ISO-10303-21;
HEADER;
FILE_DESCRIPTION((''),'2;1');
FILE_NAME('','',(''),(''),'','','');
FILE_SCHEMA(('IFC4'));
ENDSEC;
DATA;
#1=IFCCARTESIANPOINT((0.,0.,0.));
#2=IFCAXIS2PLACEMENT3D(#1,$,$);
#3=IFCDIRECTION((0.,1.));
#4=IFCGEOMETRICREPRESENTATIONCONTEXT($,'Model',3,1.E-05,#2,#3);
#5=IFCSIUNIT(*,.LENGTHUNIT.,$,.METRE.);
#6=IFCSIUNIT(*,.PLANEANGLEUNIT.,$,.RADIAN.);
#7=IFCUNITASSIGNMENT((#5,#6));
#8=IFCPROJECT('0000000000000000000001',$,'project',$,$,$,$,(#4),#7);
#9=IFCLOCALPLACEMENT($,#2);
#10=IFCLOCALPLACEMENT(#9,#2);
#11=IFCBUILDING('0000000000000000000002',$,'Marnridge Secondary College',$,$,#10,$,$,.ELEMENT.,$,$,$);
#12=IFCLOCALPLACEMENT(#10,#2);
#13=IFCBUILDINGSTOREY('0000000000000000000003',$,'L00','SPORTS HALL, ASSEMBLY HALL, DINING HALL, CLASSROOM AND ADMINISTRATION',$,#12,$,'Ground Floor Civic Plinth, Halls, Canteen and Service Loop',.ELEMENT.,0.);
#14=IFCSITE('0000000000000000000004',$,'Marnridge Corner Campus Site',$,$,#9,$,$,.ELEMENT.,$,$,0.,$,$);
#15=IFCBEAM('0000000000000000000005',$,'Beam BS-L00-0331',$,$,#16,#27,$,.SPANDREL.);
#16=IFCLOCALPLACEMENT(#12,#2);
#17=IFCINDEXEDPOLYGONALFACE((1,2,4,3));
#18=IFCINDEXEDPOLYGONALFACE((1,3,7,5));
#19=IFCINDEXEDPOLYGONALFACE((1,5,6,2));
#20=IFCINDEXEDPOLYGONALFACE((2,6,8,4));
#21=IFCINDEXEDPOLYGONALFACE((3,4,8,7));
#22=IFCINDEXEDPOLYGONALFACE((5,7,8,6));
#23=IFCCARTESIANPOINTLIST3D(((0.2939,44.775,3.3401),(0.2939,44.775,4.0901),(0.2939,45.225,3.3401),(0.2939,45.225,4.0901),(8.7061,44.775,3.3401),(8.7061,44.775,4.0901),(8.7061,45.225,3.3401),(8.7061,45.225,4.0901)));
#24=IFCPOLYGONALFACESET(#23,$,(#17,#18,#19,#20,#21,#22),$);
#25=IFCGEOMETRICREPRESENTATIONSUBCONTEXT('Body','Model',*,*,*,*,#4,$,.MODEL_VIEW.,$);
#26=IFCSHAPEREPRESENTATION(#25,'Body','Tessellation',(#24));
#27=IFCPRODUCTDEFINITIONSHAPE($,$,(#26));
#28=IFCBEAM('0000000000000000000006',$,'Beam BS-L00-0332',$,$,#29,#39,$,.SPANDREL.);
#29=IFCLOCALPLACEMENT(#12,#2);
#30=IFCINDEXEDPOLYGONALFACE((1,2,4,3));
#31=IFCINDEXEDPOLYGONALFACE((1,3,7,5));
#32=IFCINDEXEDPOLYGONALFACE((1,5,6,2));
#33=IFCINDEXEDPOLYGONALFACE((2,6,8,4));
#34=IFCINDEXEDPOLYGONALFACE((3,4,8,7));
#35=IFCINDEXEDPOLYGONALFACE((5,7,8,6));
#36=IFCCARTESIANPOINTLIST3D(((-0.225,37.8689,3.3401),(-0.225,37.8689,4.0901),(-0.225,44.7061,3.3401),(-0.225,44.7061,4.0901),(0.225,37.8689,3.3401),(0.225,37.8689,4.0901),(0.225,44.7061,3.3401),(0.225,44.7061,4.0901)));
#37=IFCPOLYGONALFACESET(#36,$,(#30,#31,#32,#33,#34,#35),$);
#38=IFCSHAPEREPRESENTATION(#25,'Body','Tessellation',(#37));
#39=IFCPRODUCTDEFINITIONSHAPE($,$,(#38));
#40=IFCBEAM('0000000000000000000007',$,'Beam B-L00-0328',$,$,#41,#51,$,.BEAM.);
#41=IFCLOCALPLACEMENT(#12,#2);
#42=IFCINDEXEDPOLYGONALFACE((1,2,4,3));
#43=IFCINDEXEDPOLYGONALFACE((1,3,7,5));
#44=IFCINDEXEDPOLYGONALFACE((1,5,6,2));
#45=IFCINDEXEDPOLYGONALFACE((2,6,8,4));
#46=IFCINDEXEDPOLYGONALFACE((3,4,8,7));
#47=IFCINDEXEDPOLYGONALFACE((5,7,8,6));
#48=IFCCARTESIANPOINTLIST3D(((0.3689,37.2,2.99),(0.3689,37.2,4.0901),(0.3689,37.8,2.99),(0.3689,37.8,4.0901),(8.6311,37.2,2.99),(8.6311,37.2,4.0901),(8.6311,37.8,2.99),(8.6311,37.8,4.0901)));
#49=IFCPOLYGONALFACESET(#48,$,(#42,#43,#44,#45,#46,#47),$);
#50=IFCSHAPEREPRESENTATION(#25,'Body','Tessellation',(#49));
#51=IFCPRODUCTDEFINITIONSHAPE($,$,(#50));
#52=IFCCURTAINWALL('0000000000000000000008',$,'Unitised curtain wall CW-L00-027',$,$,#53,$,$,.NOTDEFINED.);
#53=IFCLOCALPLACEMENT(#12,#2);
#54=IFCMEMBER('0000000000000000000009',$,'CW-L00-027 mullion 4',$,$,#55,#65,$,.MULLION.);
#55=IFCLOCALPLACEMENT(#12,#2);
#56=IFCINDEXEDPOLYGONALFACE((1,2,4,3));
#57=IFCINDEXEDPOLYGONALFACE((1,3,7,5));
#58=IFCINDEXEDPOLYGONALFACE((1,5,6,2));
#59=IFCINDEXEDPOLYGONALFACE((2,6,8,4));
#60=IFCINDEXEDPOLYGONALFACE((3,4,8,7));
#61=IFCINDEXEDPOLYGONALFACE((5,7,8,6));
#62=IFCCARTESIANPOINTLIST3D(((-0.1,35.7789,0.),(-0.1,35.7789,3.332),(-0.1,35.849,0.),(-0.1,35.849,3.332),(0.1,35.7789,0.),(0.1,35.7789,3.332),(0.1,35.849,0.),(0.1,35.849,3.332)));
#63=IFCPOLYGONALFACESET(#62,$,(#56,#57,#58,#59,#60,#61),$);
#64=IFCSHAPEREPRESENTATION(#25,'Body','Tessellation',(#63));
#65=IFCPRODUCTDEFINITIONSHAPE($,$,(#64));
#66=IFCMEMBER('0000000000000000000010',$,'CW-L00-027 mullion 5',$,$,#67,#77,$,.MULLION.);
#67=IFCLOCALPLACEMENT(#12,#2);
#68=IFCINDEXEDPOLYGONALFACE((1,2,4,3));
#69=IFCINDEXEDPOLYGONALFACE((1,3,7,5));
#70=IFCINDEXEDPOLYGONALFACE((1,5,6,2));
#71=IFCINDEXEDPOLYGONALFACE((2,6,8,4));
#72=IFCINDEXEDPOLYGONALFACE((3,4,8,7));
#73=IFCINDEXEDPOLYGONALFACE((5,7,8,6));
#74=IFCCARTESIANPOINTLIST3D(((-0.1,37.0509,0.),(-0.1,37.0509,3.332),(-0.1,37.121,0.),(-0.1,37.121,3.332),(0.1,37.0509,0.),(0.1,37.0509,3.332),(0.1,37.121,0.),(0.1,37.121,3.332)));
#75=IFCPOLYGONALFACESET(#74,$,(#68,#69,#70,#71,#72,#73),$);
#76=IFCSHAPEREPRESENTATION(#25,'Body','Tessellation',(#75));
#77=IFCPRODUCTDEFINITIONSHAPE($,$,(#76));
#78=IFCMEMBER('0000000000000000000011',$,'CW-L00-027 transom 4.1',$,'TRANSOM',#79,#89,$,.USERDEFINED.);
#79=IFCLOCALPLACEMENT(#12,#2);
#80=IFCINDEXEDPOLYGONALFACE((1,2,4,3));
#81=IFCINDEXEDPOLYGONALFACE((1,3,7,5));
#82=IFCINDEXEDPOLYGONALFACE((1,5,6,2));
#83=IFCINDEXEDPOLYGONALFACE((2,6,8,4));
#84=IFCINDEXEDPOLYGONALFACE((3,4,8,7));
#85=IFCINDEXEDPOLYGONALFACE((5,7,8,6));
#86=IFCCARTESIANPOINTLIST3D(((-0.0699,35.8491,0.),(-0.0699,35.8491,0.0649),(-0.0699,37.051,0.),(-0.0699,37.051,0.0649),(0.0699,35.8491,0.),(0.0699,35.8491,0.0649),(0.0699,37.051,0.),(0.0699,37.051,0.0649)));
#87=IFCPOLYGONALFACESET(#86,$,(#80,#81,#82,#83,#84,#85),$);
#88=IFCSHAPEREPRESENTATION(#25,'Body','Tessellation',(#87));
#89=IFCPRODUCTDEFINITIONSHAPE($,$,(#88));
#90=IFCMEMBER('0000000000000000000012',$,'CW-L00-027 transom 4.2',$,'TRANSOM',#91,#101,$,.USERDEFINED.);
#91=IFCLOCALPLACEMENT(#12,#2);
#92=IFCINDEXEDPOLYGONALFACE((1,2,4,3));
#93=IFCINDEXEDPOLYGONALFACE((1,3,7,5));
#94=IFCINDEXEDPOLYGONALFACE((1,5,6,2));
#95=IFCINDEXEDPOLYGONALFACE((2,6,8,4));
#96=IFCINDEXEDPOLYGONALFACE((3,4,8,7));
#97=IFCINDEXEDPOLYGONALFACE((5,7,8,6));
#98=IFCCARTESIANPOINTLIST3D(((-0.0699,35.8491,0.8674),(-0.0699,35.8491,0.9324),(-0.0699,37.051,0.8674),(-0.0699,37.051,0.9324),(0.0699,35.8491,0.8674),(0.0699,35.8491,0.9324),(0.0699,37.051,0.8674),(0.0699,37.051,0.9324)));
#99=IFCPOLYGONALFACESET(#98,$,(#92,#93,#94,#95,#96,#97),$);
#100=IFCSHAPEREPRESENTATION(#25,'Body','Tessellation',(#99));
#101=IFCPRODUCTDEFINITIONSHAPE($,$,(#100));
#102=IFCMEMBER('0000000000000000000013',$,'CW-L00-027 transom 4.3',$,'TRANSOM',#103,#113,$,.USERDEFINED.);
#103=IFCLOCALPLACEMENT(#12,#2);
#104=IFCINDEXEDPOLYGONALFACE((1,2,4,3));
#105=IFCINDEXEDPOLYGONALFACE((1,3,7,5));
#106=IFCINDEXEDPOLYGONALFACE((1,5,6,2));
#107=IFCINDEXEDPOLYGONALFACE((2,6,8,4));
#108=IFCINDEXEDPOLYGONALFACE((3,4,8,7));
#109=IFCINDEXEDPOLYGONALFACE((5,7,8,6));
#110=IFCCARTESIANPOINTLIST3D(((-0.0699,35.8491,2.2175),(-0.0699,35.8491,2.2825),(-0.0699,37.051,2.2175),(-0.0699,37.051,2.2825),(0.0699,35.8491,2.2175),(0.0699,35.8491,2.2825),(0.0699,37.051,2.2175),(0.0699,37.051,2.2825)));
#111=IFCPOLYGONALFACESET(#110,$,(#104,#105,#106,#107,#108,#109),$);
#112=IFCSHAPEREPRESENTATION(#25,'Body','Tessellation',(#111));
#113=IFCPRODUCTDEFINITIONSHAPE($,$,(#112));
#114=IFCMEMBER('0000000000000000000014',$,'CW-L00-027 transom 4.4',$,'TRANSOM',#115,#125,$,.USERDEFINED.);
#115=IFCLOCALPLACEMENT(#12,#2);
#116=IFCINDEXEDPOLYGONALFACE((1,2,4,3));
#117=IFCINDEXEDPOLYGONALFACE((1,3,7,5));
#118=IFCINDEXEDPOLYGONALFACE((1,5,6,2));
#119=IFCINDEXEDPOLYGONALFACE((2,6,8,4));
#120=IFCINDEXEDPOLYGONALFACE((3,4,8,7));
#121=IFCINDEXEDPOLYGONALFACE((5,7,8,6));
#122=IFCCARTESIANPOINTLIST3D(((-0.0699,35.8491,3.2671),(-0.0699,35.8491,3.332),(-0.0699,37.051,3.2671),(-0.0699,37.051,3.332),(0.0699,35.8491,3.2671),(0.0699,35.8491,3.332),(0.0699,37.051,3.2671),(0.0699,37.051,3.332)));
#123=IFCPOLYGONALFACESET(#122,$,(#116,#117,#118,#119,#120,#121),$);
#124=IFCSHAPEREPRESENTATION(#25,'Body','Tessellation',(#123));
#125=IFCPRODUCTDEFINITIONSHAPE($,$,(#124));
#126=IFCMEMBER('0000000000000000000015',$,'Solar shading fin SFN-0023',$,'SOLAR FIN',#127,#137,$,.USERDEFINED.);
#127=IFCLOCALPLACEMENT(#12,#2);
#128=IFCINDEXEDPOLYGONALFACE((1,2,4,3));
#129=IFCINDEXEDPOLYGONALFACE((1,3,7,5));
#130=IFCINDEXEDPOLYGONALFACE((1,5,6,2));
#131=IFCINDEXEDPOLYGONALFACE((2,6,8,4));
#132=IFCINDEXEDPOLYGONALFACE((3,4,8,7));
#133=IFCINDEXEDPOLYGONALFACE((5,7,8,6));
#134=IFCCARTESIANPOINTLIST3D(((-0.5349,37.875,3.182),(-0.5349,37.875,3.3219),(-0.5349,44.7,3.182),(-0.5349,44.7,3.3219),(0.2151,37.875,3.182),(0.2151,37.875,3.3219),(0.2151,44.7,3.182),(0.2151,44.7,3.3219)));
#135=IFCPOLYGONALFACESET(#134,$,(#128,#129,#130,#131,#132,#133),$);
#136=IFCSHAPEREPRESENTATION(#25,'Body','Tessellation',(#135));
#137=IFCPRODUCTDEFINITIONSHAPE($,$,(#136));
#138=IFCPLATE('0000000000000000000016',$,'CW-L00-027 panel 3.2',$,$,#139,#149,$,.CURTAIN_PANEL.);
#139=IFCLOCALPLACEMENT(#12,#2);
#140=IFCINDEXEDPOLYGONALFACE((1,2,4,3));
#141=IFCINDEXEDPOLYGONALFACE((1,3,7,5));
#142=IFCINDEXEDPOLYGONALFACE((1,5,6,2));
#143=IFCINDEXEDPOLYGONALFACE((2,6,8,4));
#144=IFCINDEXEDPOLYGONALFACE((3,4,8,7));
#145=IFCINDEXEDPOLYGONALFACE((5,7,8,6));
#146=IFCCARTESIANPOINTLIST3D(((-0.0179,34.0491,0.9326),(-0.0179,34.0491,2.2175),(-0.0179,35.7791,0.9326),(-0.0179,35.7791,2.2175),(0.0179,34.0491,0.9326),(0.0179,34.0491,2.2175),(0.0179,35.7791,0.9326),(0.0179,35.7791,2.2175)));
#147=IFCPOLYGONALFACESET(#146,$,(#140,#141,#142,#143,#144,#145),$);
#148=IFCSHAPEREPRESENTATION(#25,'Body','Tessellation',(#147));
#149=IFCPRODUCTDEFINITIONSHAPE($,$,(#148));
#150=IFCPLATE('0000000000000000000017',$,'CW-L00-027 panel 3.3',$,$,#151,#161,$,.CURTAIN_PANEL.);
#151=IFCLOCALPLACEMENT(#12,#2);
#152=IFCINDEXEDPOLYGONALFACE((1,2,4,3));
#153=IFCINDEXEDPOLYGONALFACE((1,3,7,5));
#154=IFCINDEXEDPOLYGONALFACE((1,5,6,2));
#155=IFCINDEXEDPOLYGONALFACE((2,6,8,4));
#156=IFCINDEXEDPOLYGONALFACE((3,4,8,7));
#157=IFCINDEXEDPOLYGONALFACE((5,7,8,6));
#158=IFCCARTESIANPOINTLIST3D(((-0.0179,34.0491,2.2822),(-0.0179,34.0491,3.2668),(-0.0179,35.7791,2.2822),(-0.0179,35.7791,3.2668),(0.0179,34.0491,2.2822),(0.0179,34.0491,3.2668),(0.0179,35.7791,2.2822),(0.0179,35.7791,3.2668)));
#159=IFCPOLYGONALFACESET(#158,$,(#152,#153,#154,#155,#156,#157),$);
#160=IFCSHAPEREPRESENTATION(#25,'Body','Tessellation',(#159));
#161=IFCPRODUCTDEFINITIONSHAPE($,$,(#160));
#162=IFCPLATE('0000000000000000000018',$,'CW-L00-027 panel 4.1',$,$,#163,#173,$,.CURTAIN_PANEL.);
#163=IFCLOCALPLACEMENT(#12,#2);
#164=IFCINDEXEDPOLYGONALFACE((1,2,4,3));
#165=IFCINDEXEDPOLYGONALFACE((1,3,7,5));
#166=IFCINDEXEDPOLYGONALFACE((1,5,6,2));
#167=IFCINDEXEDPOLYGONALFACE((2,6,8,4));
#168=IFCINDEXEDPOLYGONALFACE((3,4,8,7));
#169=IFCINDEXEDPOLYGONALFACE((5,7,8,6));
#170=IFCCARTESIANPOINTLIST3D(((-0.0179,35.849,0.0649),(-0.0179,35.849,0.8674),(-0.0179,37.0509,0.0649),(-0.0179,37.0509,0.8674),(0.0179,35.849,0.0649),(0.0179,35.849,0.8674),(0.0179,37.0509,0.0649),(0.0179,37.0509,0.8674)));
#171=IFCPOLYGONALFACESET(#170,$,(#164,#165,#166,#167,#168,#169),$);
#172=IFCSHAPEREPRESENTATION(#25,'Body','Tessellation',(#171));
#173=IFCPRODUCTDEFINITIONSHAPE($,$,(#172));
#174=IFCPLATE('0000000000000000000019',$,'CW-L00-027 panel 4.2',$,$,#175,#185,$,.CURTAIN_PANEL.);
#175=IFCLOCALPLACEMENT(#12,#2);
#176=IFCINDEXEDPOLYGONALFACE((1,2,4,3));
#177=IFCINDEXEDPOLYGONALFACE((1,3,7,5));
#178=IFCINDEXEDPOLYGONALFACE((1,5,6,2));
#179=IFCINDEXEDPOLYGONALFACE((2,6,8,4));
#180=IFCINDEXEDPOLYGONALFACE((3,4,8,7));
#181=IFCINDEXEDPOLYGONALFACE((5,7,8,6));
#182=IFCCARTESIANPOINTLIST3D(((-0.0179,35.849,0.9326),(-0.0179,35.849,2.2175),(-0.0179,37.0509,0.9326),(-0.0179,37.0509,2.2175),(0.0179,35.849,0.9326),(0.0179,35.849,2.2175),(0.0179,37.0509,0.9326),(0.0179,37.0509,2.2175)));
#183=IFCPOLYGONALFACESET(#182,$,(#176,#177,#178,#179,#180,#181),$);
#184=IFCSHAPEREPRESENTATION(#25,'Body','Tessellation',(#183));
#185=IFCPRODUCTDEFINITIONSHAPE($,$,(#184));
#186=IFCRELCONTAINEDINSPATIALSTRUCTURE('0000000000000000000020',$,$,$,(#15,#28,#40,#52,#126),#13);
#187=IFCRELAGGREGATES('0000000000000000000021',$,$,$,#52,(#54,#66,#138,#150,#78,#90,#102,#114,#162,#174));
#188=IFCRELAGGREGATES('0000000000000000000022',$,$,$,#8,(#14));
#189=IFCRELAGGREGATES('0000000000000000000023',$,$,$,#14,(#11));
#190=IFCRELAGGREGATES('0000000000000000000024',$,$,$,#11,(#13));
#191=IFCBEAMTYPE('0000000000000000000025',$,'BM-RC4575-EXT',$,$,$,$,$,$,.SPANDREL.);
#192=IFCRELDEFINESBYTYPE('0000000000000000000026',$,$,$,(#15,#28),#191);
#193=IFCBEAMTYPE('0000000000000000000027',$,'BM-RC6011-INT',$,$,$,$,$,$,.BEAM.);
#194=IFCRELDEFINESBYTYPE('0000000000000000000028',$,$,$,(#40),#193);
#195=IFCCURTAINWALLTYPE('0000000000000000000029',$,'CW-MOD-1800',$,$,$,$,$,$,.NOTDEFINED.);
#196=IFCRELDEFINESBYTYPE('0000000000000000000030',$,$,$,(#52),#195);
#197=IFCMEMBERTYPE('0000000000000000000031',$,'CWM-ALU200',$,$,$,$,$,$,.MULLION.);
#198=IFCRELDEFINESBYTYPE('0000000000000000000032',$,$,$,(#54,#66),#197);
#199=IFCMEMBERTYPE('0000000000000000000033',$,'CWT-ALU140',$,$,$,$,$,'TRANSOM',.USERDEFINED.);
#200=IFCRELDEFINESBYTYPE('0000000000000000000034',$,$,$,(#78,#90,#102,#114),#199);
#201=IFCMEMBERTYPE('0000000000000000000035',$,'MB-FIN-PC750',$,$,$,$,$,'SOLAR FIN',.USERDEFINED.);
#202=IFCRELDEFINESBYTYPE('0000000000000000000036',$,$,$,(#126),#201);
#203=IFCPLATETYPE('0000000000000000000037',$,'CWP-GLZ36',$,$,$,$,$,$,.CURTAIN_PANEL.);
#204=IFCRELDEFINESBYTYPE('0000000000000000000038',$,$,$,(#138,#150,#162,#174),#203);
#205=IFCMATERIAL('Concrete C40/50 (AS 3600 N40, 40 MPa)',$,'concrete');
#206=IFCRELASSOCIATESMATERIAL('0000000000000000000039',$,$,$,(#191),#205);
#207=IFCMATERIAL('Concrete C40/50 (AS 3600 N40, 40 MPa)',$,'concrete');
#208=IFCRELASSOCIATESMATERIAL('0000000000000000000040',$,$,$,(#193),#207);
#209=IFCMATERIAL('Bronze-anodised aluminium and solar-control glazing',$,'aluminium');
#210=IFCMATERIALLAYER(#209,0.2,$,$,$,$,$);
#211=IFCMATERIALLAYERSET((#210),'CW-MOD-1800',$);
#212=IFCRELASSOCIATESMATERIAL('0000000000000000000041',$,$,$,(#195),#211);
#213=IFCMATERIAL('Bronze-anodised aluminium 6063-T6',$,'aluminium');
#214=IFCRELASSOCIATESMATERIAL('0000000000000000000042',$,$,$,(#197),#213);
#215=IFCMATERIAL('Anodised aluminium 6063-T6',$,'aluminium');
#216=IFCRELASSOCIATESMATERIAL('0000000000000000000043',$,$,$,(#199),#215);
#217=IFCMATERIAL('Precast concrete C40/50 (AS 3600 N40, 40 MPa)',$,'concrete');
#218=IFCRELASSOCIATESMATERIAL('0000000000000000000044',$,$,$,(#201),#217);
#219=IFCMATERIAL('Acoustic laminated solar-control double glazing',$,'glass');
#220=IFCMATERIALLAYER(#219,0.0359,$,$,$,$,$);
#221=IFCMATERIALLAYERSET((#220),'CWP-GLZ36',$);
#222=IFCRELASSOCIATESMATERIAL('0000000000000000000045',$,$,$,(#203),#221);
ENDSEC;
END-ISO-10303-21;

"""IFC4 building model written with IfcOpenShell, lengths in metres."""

from ifc_helpers import new_model, si_unit, direction, frame, origin, origin_2d, place, context, subcontext, project, spatial, rectangle, extrude, material, layer, layer_set, material_profile, profile_set, type_object, element, aggregate, save


model = new_model("IFC4")

# Units and contexts
model_context = context("Model", 3, precision=1e-05, world=origin(), true_north=direction((0.0, 1.0)))
body_context = subcontext(model_context, "Body", "Model", "MODEL_VIEW")
ifc_project = project(units=[si_unit("LENGTHUNIT", "METRE"), si_unit("PLANEANGLEUNIT", "RADIAN")], contexts=[model_context])

# Site, building, storey
site_placement = place(None, origin())
site = spatial("IfcSite", under=ifc_project, at=site_placement, Name="Marnridge Corner Campus Site", CompositionType="ELEMENT", RefElevation=0.0)
building_placement = place(site_placement, origin())
building = spatial("IfcBuilding", under=site, at=building_placement, Name="Marnridge Secondary College", CompositionType="ELEMENT")
storey_placement = place(building_placement, origin())
storey = spatial("IfcBuildingStorey", under=building, at=storey_placement, Name="L00", Description="SPORTS HALL, ASSEMBLY HALL, DINING HALL, CLASSROOM AND ADMINISTRATION", LongName="Ground Floor Civic Plinth, Halls, Canteen and Service Loop", CompositionType="ELEMENT", Elevation=0.0)

# Beams
ifc_material_1 = material(Name="Concrete C40/50 (AS 3600 N40, 40 MPa)", Category="concrete")
ifc_material_profile_1 = material_profile(ifc_material_1, rectangle(XDim=0.45, YDim=0.75, at=origin_2d()), Name="RC 450x750")
ifc_profile_set_1 = profile_set([ifc_material_profile_1], Name="Concrete C40/50 (AS 3600 N40, 40 MPa)")
beam_type_1 = type_object("IfcBeamType", Name="BM-RC4575-EXT", PredefinedType="SPANDREL", material=ifc_profile_set_1)
beam_1_placement = place(storey_placement, frame((0.2939, 45.0, 3.7151), z_axis=(1.0, 0.0, 0.0), x_axis=(0.0, 1.0, 0.0)))
element("IfcBeam", 1, at=beam_1_placement, inside=storey, type_object=beam_type_1, Name="Beam BS-L00-0331", PredefinedType="SPANDREL", context=body_context, shape_type="SweptSolid", body=[
    extrude(rectangle(XDim=0.45, YDim=0.75, at=origin_2d()), origin(), (0.0, 0.0, 1.0), 8.4121),
])
beam_2_placement = place(storey_placement, frame((0.0, 37.8689, 3.7151), z_axis=(0.0, 1.0, 0.0), x_axis=(-1.0, 0.0, 0.0)))
element("IfcBeam", 2, at=beam_2_placement, inside=storey, type_object=beam_type_1, Name="Beam BS-L00-0332", PredefinedType="SPANDREL", context=body_context, shape_type="SweptSolid", body=[
    extrude(rectangle(XDim=0.45, YDim=0.75, at=origin_2d()), origin(), (0.0, 0.0, 1.0), 6.8372),
])
ifc_material_2 = material(Name="Concrete C40/50 (AS 3600 N40, 40 MPa)", Category="concrete")
ifc_material_profile_2 = material_profile(ifc_material_2, rectangle(XDim=0.6001, YDim=1.1001, at=origin_2d()), Name="RC 600x1100")
ifc_profile_set_2 = profile_set([ifc_material_profile_2], Name="Concrete C40/50 (AS 3600 N40, 40 MPa)")
beam_type_2 = type_object("IfcBeamType", Name="BM-RC6011-INT", PredefinedType="BEAM", material=ifc_profile_set_2)
beam_3_placement = place(storey_placement, frame((0.3689, 37.5, 3.54), z_axis=(1.0, 0.0, 0.0), x_axis=(0.0, 1.0, 0.0)))
element("IfcBeam", 3, at=beam_3_placement, inside=storey, type_object=beam_type_2, Name="Beam B-L00-0328", PredefinedType="BEAM", context=body_context, shape_type="SweptSolid", body=[
    extrude(rectangle(XDim=0.6001, YDim=1.1001, at=origin_2d()), origin(), (0.0, 0.0, 1.0), 8.2622),
])

# Curtain wall, members
ifc_material_3 = material(Name="Bronze-anodised aluminium and solar-control glazing", Category="aluminium")
ifc_layer_1 = layer(ifc_material_3, 0.2)
ifc_layer_set_1 = layer_set([ifc_layer_1], Name="CW-MOD-1800")
curtain_wall_type = type_object("IfcCurtainWallType", Name="CW-MOD-1800", PredefinedType="NOTDEFINED", material=ifc_layer_set_1)
curtain_wall_placement = place(storey_placement, origin())
curtain_wall = element("IfcCurtainWall", 4, at=curtain_wall_placement, inside=storey, type_object=curtain_wall_type, Name="Unitised curtain wall CW-L00-027", PredefinedType="NOTDEFINED")
ifc_material_4 = material(Name="Bronze-anodised aluminium 6063-T6", Category="aluminium")
ifc_material_profile_3 = material_profile(ifc_material_4, rectangle(XDim=0.0701, YDim=0.2, at=origin_2d()), Name="ALU 70x200")
ifc_profile_set_3 = profile_set([ifc_material_profile_3], Name="Bronze-anodised aluminium 6063-T6")
member_type_1 = type_object("IfcMemberType", Name="CWM-ALU200", PredefinedType="MULLION", material=ifc_profile_set_3)
member_1_placement = place(storey_placement, frame((0.0, 35.814, 0.0), z_axis=(0.0, 0.0, 1.0), x_axis=(0.0, 1.0, 0.0)))
member_1 = element("IfcMember", 5, at=member_1_placement, type_object=member_type_1, Name="CW-L00-027 mullion 4", PredefinedType="MULLION", context=body_context, shape_type="SweptSolid", body=[
    extrude(rectangle(XDim=0.0701, YDim=0.2, at=origin_2d()), origin(), (0.0, 0.0, 1.0), 3.332),
])
member_2_placement = place(storey_placement, frame((0.0, 37.0859, 0.0), z_axis=(0.0, 0.0, 1.0), x_axis=(0.0, 1.0, 0.0)))
member_2 = element("IfcMember", 6, at=member_2_placement, type_object=member_type_1, Name="CW-L00-027 mullion 5", PredefinedType="MULLION", context=body_context, shape_type="SweptSolid", body=[
    extrude(rectangle(XDim=0.0701, YDim=0.2, at=origin_2d()), origin(), (0.0, 0.0, 1.0), 3.332),
])
ifc_material_5 = material(Name="Anodised aluminium 6063-T6", Category="aluminium")
ifc_material_profile_4 = material_profile(ifc_material_5, rectangle(XDim=0.0649, YDim=0.1399, at=origin_2d()), Name="ALU 65x140")
ifc_profile_set_4 = profile_set([ifc_material_profile_4], Name="Anodised aluminium 6063-T6")
member_type_2 = type_object("IfcMemberType", Name="CWT-ALU140", ElementType="TRANSOM", PredefinedType="USERDEFINED", material=ifc_profile_set_4)
member_3_placement = place(storey_placement, frame((0.0, 35.8491, 0.0325), z_axis=(0.0, 1.0, 0.0), x_axis=(0.0, 0.0, 1.0)))
member_3 = element("IfcMember", 7, at=member_3_placement, type_object=member_type_2, Name="CW-L00-027 transom 4.1", ObjectType="TRANSOM", PredefinedType="USERDEFINED", context=body_context, shape_type="SweptSolid", body=[
    extrude(rectangle(XDim=0.0649, YDim=0.1399, at=origin_2d()), origin(), (0.0, 0.0, 1.0), 1.2019),
])
member_4_placement = place(storey_placement, frame((0.0, 35.8491, 0.8999), z_axis=(0.0, 1.0, 0.0), x_axis=(0.0, 0.0, 1.0)))
member_4 = element("IfcMember", 8, at=member_4_placement, type_object=member_type_2, Name="CW-L00-027 transom 4.2", ObjectType="TRANSOM", PredefinedType="USERDEFINED", context=body_context, shape_type="SweptSolid", body=[
    extrude(rectangle(XDim=0.0649, YDim=0.1399, at=origin_2d()), origin(), (0.0, 0.0, 1.0), 1.2019),
])
member_5_placement = place(storey_placement, frame((0.0, 35.8491, 2.25), z_axis=(0.0, 1.0, 0.0), x_axis=(0.0, 0.0, 1.0)))
member_5 = element("IfcMember", 9, at=member_5_placement, type_object=member_type_2, Name="CW-L00-027 transom 4.3", ObjectType="TRANSOM", PredefinedType="USERDEFINED", context=body_context, shape_type="SweptSolid", body=[
    extrude(rectangle(XDim=0.0649, YDim=0.1399, at=origin_2d()), origin(), (0.0, 0.0, 1.0), 1.2019),
])
member_6_placement = place(storey_placement, frame((0.0, 35.8491, 3.2996), z_axis=(0.0, 1.0, 0.0), x_axis=(0.0, 0.0, 1.0)))
member_6 = element("IfcMember", 10, at=member_6_placement, type_object=member_type_2, Name="CW-L00-027 transom 4.4", ObjectType="TRANSOM", PredefinedType="USERDEFINED", context=body_context, shape_type="SweptSolid", body=[
    extrude(rectangle(XDim=0.0649, YDim=0.1399, at=origin_2d()), origin(), (0.0, 0.0, 1.0), 1.2019),
])

# Member
ifc_material_6 = material(Name="Precast concrete C40/50 (AS 3600 N40, 40 MPa)", Category="concrete")
ifc_material_profile_5 = material_profile(ifc_material_6, rectangle(XDim=0.1399, YDim=0.75, at=origin_2d()), Name="FIN PC 140x750")
ifc_profile_set_5 = profile_set([ifc_material_profile_5], Name="Precast concrete C40/50 (AS 3600 N40, 40 MPa)")
member_type_3 = type_object("IfcMemberType", Name="MB-FIN-PC750", ElementType="SOLAR FIN", PredefinedType="USERDEFINED", material=ifc_profile_set_5)
member_7_placement = place(storey_placement, frame((-0.1599, 37.875, 3.252), z_axis=(0.0, 1.0, 0.0), x_axis=(0.0, 0.0, 1.0)))
element("IfcMember", 11, at=member_7_placement, inside=storey, type_object=member_type_3, Name="Solar shading fin SFN-0023", ObjectType="SOLAR FIN", PredefinedType="USERDEFINED", context=body_context, shape_type="SweptSolid", body=[
    extrude(rectangle(XDim=0.1399, YDim=0.75, at=origin_2d()), origin(), (0.0, 0.0, 1.0), 6.825),
])

# Plates
ifc_material_7 = material(Name="Acoustic laminated solar-control double glazing", Category="glass")
ifc_layer_2 = layer(ifc_material_7, 0.0359)
ifc_layer_set_2 = layer_set([ifc_layer_2], Name="CWP-GLZ36")
plate_type_1 = type_object("IfcPlateType", Name="CWP-GLZ36", PredefinedType="CURTAIN_PANEL", material=ifc_layer_set_2)
plate_1_placement = place(storey_placement, frame((0.0, 34.9141, 0.9326), z_axis=(0.0, 0.0, 1.0), x_axis=(0.0, 1.0, 0.0)))
plate_1 = element("IfcPlate", 12, at=plate_1_placement, type_object=plate_type_1, Name="CW-L00-027 panel 3.2", PredefinedType="CURTAIN_PANEL", context=body_context, shape_type="SweptSolid", body=[
    extrude(rectangle(XDim=1.73, YDim=0.0359, at=origin_2d()), origin(), (0.0, 0.0, 1.0), 1.2849),
])
plate_2_placement = place(storey_placement, frame((0.0, 34.9141, 2.2822), z_axis=(0.0, 0.0, 1.0), x_axis=(0.0, 1.0, 0.0)))
plate_2 = element("IfcPlate", 13, at=plate_2_placement, type_object=plate_type_1, Name="CW-L00-027 panel 3.3", PredefinedType="CURTAIN_PANEL", context=body_context, shape_type="SweptSolid", body=[
    extrude(rectangle(XDim=1.73, YDim=0.0359, at=origin_2d()), origin(), (0.0, 0.0, 1.0), 0.9846),
])
plate_3_placement = place(storey_placement, frame((0.0, 36.45, 0.0649), z_axis=(0.0, 0.0, 1.0), x_axis=(0.0, 1.0, 0.0)))
plate_3 = element("IfcPlate", 14, at=plate_3_placement, type_object=plate_type_1, Name="CW-L00-027 panel 4.1", PredefinedType="CURTAIN_PANEL", context=body_context, shape_type="SweptSolid", body=[
    extrude(rectangle(XDim=1.2019, YDim=0.0359, at=origin_2d()), origin(), (0.0, 0.0, 1.0), 0.8025),
])
plate_4_placement = place(storey_placement, frame((0.0, 36.45, 0.9326), z_axis=(0.0, 0.0, 1.0), x_axis=(0.0, 1.0, 0.0)))
plate_4 = element("IfcPlate", 15, at=plate_4_placement, type_object=plate_type_1, Name="CW-L00-027 panel 4.2", PredefinedType="CURTAIN_PANEL", context=body_context, shape_type="SweptSolid", body=[
    extrude(rectangle(XDim=1.2019, YDim=0.0359, at=origin_2d()), origin(), (0.0, 0.0, 1.0), 1.2849),
])
aggregate(curtain_wall, [member_1, member_2, plate_1, plate_2, member_3, member_4, member_5, member_6, plate_3, plate_4])

save(model, "model.ifc")
